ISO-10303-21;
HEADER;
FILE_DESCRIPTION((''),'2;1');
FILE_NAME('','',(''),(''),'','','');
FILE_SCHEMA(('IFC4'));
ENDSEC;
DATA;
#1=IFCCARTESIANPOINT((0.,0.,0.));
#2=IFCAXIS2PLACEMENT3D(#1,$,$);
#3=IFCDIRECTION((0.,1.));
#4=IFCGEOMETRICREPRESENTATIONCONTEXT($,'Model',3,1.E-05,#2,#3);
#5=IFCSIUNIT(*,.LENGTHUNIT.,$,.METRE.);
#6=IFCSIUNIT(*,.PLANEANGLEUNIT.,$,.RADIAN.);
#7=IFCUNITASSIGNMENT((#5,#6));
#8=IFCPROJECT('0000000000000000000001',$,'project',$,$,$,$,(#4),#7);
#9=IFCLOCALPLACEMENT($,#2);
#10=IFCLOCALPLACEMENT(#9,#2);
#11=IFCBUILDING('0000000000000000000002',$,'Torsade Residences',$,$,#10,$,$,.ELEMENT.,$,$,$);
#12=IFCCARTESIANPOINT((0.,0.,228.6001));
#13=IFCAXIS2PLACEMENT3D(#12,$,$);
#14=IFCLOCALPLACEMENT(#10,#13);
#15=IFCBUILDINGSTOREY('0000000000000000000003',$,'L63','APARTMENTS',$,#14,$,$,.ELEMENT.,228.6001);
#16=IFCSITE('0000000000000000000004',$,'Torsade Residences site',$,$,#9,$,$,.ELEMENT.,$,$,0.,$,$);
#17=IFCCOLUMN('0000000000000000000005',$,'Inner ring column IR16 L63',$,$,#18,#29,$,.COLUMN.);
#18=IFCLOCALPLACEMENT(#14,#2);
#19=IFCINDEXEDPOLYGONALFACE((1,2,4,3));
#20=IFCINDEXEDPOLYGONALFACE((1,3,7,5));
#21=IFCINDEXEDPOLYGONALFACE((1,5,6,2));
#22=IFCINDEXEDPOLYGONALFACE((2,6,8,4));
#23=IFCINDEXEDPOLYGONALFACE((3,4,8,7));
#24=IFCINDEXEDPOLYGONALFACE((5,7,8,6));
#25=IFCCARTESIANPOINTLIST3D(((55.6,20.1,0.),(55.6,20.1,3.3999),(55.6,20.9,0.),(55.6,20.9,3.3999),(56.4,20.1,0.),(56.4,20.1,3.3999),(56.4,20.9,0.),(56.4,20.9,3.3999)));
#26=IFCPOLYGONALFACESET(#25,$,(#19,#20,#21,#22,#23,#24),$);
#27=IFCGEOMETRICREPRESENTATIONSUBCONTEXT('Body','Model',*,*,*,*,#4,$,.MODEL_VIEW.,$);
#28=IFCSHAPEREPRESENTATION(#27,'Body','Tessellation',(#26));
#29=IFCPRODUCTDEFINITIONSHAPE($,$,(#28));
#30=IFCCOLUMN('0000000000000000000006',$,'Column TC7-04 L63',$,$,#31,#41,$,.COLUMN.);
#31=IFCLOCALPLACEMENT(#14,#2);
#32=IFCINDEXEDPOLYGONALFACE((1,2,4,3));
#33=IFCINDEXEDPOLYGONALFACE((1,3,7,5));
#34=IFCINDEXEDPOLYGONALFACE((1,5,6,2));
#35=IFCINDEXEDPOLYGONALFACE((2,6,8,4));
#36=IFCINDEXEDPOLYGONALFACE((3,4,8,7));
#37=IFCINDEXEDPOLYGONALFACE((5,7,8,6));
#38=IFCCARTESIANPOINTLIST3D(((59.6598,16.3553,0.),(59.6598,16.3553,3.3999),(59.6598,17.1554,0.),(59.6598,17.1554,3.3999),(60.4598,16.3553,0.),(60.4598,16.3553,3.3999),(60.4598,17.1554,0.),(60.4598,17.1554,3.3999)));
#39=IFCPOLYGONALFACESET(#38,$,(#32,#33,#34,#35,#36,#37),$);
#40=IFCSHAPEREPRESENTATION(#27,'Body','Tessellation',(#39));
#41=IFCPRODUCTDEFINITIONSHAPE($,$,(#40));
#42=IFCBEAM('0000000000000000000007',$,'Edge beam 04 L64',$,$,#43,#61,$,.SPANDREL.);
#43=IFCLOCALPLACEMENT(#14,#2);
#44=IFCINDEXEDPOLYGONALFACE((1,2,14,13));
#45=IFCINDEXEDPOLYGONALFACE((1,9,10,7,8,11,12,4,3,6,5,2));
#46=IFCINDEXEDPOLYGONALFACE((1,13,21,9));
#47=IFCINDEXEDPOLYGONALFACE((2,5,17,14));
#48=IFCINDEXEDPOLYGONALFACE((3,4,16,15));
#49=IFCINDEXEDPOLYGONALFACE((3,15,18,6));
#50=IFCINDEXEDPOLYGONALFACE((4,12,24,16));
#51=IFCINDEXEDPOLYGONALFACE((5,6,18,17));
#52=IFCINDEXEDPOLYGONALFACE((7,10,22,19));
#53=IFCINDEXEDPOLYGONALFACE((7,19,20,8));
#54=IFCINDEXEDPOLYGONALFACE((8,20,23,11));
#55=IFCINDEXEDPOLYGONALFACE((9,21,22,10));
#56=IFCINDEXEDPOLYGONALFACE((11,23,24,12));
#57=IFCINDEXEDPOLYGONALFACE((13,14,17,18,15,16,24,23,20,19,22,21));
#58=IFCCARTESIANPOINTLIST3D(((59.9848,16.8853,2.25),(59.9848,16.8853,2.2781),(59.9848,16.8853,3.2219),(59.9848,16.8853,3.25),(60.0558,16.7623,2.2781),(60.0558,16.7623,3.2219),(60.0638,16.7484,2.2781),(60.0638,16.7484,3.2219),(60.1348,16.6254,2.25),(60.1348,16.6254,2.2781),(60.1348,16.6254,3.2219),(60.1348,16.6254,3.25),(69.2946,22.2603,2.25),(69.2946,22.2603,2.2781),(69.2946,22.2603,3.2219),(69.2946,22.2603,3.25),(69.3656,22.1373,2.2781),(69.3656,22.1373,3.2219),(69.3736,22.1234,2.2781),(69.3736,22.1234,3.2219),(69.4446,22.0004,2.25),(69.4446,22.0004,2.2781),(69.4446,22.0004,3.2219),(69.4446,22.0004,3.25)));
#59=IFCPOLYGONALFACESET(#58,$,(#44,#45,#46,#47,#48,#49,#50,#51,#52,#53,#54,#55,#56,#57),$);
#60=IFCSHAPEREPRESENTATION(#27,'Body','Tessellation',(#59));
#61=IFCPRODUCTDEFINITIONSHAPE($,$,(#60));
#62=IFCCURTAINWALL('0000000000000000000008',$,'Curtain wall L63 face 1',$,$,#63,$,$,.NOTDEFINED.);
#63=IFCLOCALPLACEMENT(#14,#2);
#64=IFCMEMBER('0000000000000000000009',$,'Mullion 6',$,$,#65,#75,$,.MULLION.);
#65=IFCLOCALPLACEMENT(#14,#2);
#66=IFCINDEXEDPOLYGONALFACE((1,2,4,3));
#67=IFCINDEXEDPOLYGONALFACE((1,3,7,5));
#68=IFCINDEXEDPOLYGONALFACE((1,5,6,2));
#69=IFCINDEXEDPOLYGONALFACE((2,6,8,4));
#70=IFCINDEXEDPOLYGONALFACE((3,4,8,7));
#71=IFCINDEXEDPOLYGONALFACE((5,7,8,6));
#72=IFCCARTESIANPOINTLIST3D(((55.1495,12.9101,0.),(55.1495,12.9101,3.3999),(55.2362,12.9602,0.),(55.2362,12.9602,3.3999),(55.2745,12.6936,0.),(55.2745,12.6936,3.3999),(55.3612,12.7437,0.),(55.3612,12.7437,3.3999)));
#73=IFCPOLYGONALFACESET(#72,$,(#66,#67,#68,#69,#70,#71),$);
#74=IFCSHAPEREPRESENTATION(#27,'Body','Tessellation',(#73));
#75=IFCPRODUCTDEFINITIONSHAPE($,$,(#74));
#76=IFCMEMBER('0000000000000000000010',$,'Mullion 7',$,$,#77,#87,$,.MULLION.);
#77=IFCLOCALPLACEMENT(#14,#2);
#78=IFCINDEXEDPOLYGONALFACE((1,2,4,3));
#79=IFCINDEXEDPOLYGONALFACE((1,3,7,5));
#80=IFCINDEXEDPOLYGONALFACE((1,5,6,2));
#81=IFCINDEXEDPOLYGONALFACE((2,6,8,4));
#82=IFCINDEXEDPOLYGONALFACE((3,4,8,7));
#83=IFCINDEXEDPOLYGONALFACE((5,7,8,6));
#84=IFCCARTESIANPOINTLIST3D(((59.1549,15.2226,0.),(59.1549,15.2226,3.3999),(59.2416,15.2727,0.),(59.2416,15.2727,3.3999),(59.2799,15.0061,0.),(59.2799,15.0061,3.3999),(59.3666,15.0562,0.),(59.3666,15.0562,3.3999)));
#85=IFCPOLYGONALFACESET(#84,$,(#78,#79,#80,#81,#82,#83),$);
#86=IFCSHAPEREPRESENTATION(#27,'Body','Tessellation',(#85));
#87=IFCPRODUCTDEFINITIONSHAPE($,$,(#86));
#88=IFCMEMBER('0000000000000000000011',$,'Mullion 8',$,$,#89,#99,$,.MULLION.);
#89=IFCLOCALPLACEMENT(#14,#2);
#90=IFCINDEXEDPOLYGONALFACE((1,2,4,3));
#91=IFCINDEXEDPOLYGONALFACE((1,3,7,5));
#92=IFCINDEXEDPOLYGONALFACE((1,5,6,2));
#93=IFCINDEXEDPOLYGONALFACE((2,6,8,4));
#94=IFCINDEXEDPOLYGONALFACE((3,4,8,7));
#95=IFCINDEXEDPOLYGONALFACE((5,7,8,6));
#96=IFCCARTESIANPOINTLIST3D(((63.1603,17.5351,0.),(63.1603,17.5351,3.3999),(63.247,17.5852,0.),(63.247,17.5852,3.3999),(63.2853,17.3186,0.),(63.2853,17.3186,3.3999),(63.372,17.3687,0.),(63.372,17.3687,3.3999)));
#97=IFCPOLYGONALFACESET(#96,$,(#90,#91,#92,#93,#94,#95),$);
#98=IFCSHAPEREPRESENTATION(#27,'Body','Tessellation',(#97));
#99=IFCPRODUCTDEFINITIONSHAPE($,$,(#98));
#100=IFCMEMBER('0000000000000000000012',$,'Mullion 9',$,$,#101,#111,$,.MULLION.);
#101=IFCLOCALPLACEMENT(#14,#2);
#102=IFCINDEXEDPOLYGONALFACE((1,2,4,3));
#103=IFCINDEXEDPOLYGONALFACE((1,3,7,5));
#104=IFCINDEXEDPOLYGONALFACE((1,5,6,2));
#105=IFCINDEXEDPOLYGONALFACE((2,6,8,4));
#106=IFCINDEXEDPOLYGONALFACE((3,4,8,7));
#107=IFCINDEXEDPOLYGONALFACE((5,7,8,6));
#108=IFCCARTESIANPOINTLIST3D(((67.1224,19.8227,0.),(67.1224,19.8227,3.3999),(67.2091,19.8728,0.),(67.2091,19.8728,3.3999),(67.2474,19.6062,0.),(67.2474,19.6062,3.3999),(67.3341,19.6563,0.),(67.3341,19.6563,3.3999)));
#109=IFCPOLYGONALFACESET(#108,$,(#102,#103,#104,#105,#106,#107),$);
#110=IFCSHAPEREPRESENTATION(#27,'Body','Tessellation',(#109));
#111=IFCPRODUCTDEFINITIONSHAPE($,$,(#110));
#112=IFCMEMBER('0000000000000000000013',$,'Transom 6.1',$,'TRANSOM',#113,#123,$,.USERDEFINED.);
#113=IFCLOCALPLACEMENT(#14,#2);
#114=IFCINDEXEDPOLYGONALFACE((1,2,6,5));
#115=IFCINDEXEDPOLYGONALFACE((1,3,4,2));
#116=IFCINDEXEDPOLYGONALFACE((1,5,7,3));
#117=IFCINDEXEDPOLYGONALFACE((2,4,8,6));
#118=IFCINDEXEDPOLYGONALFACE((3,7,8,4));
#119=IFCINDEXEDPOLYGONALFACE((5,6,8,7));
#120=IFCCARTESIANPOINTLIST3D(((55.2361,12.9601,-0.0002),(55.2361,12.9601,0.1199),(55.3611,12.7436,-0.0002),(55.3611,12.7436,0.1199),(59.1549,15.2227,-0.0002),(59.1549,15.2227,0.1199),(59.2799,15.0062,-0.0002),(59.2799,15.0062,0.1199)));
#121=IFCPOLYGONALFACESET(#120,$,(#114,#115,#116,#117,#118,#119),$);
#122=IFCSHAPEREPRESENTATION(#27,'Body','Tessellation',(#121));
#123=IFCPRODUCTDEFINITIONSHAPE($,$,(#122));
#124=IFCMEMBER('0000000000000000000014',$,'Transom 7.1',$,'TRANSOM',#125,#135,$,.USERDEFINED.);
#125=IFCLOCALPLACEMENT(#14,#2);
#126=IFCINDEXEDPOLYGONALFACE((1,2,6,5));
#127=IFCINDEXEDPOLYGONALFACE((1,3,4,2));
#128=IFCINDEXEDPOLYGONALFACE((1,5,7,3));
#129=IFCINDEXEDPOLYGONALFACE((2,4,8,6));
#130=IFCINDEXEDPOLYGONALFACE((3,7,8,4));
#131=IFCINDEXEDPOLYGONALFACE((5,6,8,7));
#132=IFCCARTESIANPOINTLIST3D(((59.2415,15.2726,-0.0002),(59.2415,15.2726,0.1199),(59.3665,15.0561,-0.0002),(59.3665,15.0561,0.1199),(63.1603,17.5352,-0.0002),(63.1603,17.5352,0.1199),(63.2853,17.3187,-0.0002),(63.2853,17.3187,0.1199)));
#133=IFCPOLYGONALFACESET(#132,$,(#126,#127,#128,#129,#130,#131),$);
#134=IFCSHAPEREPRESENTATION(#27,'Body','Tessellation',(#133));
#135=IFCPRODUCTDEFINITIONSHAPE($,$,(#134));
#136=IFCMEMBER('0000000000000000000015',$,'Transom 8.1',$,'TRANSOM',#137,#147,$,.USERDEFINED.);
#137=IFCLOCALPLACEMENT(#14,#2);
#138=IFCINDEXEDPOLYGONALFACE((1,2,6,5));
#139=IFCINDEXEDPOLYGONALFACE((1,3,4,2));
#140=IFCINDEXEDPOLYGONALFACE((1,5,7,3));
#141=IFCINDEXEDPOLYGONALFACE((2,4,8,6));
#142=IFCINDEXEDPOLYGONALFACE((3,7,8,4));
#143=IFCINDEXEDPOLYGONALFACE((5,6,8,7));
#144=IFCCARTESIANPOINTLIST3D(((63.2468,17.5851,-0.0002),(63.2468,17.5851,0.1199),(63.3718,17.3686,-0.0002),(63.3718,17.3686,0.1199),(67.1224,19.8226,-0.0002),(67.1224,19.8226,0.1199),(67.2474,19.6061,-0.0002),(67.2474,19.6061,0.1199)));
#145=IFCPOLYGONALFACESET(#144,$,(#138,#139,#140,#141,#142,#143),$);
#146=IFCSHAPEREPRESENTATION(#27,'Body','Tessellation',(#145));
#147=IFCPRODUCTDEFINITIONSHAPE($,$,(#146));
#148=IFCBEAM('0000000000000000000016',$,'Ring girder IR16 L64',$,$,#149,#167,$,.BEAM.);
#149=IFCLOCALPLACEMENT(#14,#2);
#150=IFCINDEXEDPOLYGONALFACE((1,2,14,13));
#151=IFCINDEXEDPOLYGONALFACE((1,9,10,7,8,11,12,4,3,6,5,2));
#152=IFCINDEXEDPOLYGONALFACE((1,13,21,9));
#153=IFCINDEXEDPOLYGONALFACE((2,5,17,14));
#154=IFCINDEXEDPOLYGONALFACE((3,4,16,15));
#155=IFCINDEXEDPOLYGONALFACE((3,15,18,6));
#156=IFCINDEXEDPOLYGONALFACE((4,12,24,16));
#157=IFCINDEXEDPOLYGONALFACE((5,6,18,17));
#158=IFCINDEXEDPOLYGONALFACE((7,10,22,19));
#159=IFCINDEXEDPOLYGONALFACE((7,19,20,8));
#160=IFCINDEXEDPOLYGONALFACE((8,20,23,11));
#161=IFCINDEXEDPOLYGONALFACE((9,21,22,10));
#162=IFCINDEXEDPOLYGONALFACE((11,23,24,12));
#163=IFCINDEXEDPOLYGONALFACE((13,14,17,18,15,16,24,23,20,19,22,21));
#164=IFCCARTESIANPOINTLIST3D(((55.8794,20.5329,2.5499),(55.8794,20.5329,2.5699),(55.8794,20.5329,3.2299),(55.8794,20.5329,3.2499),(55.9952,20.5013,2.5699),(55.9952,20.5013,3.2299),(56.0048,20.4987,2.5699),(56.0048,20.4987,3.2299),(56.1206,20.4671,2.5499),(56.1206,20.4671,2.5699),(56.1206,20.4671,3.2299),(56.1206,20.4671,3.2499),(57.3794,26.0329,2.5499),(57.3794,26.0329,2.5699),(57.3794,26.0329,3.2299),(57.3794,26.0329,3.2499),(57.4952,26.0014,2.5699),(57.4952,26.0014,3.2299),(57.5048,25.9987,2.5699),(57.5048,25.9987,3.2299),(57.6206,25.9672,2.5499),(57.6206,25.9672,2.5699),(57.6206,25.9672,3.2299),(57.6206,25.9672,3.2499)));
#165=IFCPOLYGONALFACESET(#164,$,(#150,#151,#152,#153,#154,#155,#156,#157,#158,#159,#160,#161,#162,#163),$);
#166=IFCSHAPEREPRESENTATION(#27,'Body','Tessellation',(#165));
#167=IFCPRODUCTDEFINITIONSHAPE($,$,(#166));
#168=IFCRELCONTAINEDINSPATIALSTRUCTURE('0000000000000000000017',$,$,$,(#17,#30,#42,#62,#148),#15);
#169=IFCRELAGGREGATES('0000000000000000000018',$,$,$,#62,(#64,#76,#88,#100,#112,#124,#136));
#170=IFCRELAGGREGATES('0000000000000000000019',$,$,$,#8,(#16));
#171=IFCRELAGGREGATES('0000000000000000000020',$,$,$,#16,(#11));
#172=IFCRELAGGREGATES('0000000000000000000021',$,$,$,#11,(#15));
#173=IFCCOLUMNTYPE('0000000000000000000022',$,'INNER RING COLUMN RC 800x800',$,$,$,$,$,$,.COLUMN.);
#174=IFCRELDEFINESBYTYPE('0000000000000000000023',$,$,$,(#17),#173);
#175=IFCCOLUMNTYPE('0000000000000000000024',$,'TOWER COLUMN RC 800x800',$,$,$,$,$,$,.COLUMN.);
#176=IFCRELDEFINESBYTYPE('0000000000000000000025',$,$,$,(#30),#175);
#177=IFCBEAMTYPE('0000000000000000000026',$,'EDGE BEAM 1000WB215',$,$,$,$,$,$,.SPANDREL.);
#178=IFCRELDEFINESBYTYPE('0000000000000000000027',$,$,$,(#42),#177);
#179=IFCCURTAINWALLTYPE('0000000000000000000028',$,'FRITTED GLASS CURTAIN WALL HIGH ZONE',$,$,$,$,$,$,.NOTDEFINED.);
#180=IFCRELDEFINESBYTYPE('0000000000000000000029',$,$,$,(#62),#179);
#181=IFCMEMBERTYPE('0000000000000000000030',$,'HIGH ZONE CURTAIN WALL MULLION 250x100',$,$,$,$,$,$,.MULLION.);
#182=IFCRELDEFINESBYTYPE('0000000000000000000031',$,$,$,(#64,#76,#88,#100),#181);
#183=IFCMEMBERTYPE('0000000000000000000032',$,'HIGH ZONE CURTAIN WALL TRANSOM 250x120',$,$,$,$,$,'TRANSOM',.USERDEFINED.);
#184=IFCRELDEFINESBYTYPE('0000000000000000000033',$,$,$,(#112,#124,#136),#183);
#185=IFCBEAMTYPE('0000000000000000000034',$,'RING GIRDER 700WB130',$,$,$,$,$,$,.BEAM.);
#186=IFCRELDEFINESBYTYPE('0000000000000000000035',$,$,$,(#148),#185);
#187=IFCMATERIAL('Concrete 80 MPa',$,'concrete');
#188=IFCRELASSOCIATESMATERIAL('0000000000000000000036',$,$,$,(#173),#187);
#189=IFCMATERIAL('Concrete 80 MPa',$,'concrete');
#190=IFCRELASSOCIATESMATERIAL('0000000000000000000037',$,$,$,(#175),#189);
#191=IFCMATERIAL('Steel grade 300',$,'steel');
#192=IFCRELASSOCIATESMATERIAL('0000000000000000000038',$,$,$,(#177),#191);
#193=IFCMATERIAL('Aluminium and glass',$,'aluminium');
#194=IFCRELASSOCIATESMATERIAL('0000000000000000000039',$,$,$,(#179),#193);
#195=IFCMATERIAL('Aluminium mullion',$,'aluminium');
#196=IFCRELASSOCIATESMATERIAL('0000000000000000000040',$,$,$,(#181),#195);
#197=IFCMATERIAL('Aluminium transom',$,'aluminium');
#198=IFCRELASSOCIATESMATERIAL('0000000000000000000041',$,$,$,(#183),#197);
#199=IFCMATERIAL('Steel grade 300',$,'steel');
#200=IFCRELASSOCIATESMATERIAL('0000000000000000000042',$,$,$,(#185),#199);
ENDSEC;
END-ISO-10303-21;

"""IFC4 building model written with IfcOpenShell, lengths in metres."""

from ifc_helpers import new_model, si_unit, direction, frame, origin, origin_2d, place, context, subcontext, project, spatial, rectangle, i_section, extrude, material, material_profile, profile_set, type_object, element, aggregate, save


model = new_model("IFC4")

# Units and contexts
model_context = context("Model", 3, precision=1e-05, world=origin(), true_north=direction((0.0, 1.0)))
body_context = subcontext(model_context, "Body", "Model", "MODEL_VIEW")
ifc_project = project(units=[si_unit("LENGTHUNIT", "METRE"), si_unit("PLANEANGLEUNIT", "RADIAN")], contexts=[model_context])

# Site, building, storey
site_placement = place(None, origin())
site = spatial("IfcSite", under=ifc_project, at=site_placement, Name="Torsade Residences site", CompositionType="ELEMENT", RefElevation=0.0)
building_placement = place(site_placement, origin())
building = spatial("IfcBuilding", under=site, at=building_placement, Name="Torsade Residences", CompositionType="ELEMENT")
storey_placement = place(building_placement, frame((0.0, 0.0, 228.6001)))
storey = spatial("IfcBuildingStorey", under=building, at=storey_placement, Name="L63", Description="APARTMENTS", CompositionType="ELEMENT", Elevation=228.6001)

# Columns
ifc_material_1 = material(Name="Concrete 80 MPa", Category="concrete")
ifc_material_profile_1 = material_profile(ifc_material_1, rectangle(XDim=0.8, YDim=0.8, at=origin_2d()), Name="RC 800x800")
ifc_profile_set_1 = profile_set([ifc_material_profile_1], Name="Concrete 80 MPa")
column_type_1 = type_object("IfcColumnType", Name="INNER RING COLUMN RC 800x800", PredefinedType="COLUMN", material=ifc_profile_set_1)
column_1_placement = place(storey_placement, frame((56.0, 20.5, 0.0), z_axis=(0.0, 0.0, 1.0), x_axis=(1.0, 0.0, 0.0)))
element("IfcColumn", 1, at=column_1_placement, inside=storey, type_object=column_type_1, Name="Inner ring column IR16 L63", PredefinedType="COLUMN", context=body_context, shape_type="SweptSolid", body=[
    extrude(rectangle(XDim=0.8, YDim=0.8, at=origin_2d()), origin(), (0.0, 0.0, 1.0), 3.3999),
])
ifc_material_2 = material(Name="Concrete 80 MPa", Category="concrete")
ifc_material_profile_2 = material_profile(ifc_material_2, rectangle(XDim=0.8, YDim=0.8, at=origin_2d()), Name="RC 800x800")
ifc_profile_set_2 = profile_set([ifc_material_profile_2], Name="Concrete 80 MPa")
column_type_2 = type_object("IfcColumnType", Name="TOWER COLUMN RC 800x800", PredefinedType="COLUMN", material=ifc_profile_set_2)
column_2_placement = place(storey_placement, frame((60.0598, 16.7554, 0.0), z_axis=(0.0, 0.0, 1.0), x_axis=(1.0, 0.0, 0.0)))
element("IfcColumn", 2, at=column_2_placement, inside=storey, type_object=column_type_2, Name="Column TC7-04 L63", PredefinedType="COLUMN", context=body_context, shape_type="SweptSolid", body=[
    extrude(rectangle(XDim=0.8, YDim=0.8, at=origin_2d()), origin(), (0.0, 0.0, 1.0), 3.3999),
])

# Beam
ifc_material_3 = material(Name="Steel grade 300", Category="steel")
ifc_material_profile_3 = material_profile(ifc_material_3, i_section(OverallWidth=0.3, OverallDepth=1.0, WebThickness=0.0161, FlangeThickness=0.0281, at=origin_2d()), Name="1000WB215")
ifc_profile_set_3 = profile_set([ifc_material_profile_3], Name="Steel grade 300")
beam_type_1 = type_object("IfcBeamType", Name="EDGE BEAM 1000WB215", PredefinedType="SPANDREL", material=ifc_profile_set_3)
beam_1_placement = place(storey_placement, frame((60.0598, 16.7554, 2.75), z_axis=(0.866026, 0.499998, 0.0), x_axis=(-0.499998, 0.866026, 0.0)))
element("IfcBeam", 3, at=beam_1_placement, inside=storey, type_object=beam_type_1, Name="Edge beam 04 L64", PredefinedType="SPANDREL", context=body_context, shape_type="SweptSolid", body=[
    extrude(i_section(OverallWidth=0.3, OverallDepth=1.0, WebThickness=0.0161, FlangeThickness=0.0281, at=origin_2d()), origin(), (0.0, 0.0, 1.0), 10.75),
])

# Curtain wall, members
ifc_material_4 = material(Name="Aluminium and glass", Category="aluminium")
curtain_wall_type = type_object("IfcCurtainWallType", Name="FRITTED GLASS CURTAIN WALL HIGH ZONE", PredefinedType="NOTDEFINED", material=ifc_material_4)
curtain_wall_placement = place(storey_placement, origin())
curtain_wall = element("IfcCurtainWall", 4, at=curtain_wall_placement, inside=storey, type_object=curtain_wall_type, Name="Curtain wall L63 face 1", PredefinedType="NOTDEFINED")
ifc_material_5 = material(Name="Aluminium mullion", Category="aluminium")
ifc_material_profile_4 = material_profile(ifc_material_5, rectangle(XDim=0.25, YDim=0.1001, at=origin_2d()), Name="HIGH ZONE CURTAIN WALL MULLION 250x100")
ifc_profile_set_4 = profile_set([ifc_material_profile_4], Name="Aluminium mullion")
member_type_1 = type_object("IfcMemberType", Name="HIGH ZONE CURTAIN WALL MULLION 250x100", PredefinedType="MULLION", material=ifc_profile_set_4)
member_1_placement = place(storey_placement, frame((55.2554, 12.8269, 0.0), z_axis=(0.0, 0.0, 1.0), x_axis=(-0.5, 0.866025, 0.0)))
member_1 = element("IfcMember", 5, at=member_1_placement, type_object=member_type_1, Name="Mullion 6", PredefinedType="MULLION", context=body_context, shape_type="SweptSolid", body=[
    extrude(rectangle(XDim=0.25, YDim=0.1001, at=origin_2d()), origin(), (0.0, 0.0, 1.0), 3.3999),
])
member_2_placement = place(storey_placement, frame((59.2607, 15.1394, 0.0), z_axis=(0.0, 0.0, 1.0), x_axis=(-0.5, 0.866025, 0.0)))
member_2 = element("IfcMember", 6, at=member_2_placement, type_object=member_type_1, Name="Mullion 7", PredefinedType="MULLION", context=body_context, shape_type="SweptSolid", body=[
    extrude(rectangle(XDim=0.25, YDim=0.1001, at=origin_2d()), origin(), (0.0, 0.0, 1.0), 3.3999),
])
member_3_placement = place(storey_placement, frame((63.2661, 17.4519, 0.0), z_axis=(0.0, 0.0, 1.0), x_axis=(-0.5, 0.866025, 0.0)))
member_3 = element("IfcMember", 7, at=member_3_placement, type_object=member_type_1, Name="Mullion 8", PredefinedType="MULLION", context=body_context, shape_type="SweptSolid", body=[
    extrude(rectangle(XDim=0.25, YDim=0.1001, at=origin_2d()), origin(), (0.0, 0.0, 1.0), 3.3999),
])
member_4_placement = place(storey_placement, frame((67.2283, 19.7395, 0.0), z_axis=(0.0, 0.0, 1.0), x_axis=(-0.5, 0.866025, 0.0)))
member_4 = element("IfcMember", 8, at=member_4_placement, type_object=member_type_1, Name="Mullion 9", PredefinedType="MULLION", context=body_context, shape_type="SweptSolid", body=[
    extrude(rectangle(XDim=0.25, YDim=0.1001, at=origin_2d()), origin(), (0.0, 0.0, 1.0), 3.3999),
])
ifc_material_6 = material(Name="Aluminium transom", Category="aluminium")
ifc_material_profile_5 = material_profile(ifc_material_6, rectangle(XDim=0.25, YDim=0.1201, at=origin_2d()), Name="HIGH ZONE CURTAIN WALL TRANSOM 250x120")
ifc_profile_set_5 = profile_set([ifc_material_profile_5], Name="Aluminium transom")
member_type_2 = type_object("IfcMemberType", Name="HIGH ZONE CURTAIN WALL TRANSOM 250x120", ElementType="TRANSOM", PredefinedType="USERDEFINED", material=ifc_profile_set_5)
member_5_placement = place(storey_placement, frame((55.2986, 12.8518, 0.0598), z_axis=(0.866017, 0.500015, 0.0), x_axis=(-0.500015, 0.866017, 0.0)))
member_5 = element("IfcMember", 9, at=member_5_placement, type_object=member_type_2, Name="Transom 6.1", ObjectType="TRANSOM", PredefinedType="USERDEFINED", context=body_context, shape_type="SweptSolid", body=[
    extrude(rectangle(XDim=0.25, YDim=0.1201, at=origin_2d()), origin(), (0.0, 0.0, 1.0), 4.5251),
])
member_6_placement = place(storey_placement, frame((59.304, 15.1643, 0.0598), z_axis=(0.866017, 0.500015, 0.0), x_axis=(-0.500015, 0.866017, 0.0)))
member_6 = element("IfcMember", 10, at=member_6_placement, type_object=member_type_2, Name="Transom 7.1", ObjectType="TRANSOM", PredefinedType="USERDEFINED", context=body_context, shape_type="SweptSolid", body=[
    extrude(rectangle(XDim=0.25, YDim=0.1201, at=origin_2d()), origin(), (0.0, 0.0, 1.0), 4.5251),
])
member_7_placement = place(storey_placement, frame((63.3093, 17.4768, 0.0598), z_axis=(0.866022, 0.500006, 0.0), x_axis=(-0.500006, 0.866022, 0.0)))
member_7 = element("IfcMember", 11, at=member_7_placement, type_object=member_type_2, Name="Transom 8.1", ObjectType="TRANSOM", PredefinedType="USERDEFINED", context=body_context, shape_type="SweptSolid", body=[
    extrude(rectangle(XDim=0.25, YDim=0.1201, at=origin_2d()), origin(), (0.0, 0.0, 1.0), 4.4751),
])

# Beam
ifc_material_7 = material(Name="Steel grade 300", Category="steel")
ifc_material_profile_6 = material_profile(ifc_material_7, i_section(OverallWidth=0.25, OverallDepth=0.7, WebThickness=0.01, FlangeThickness=0.02, at=origin_2d()), Name="700WB130")
ifc_profile_set_6 = profile_set([ifc_material_profile_6], Name="Steel grade 300")
beam_type_2 = type_object("IfcBeamType", Name="RING GIRDER 700WB130", PredefinedType="BEAM", material=ifc_profile_set_6)
beam_2_placement = place(storey_placement, frame((56.0, 20.5, 2.8999), z_axis=(0.263117, 0.964764, 0.0), x_axis=(-0.964764, 0.263117, 0.0)))
element("IfcBeam", 12, at=beam_2_placement, inside=storey, type_object=beam_type_2, Name="Ring girder IR16 L64", PredefinedType="BEAM", context=body_context, shape_type="SweptSolid", body=[
    extrude(i_section(OverallWidth=0.25, OverallDepth=0.7, WebThickness=0.01, FlangeThickness=0.02, at=origin_2d()), origin(), (0.0, 0.0, 1.0), 5.7009),
])

aggregate(curtain_wall, [member_1, member_2, member_3, member_4, member_5, member_6, member_7])

save(model, "model.ifc")
